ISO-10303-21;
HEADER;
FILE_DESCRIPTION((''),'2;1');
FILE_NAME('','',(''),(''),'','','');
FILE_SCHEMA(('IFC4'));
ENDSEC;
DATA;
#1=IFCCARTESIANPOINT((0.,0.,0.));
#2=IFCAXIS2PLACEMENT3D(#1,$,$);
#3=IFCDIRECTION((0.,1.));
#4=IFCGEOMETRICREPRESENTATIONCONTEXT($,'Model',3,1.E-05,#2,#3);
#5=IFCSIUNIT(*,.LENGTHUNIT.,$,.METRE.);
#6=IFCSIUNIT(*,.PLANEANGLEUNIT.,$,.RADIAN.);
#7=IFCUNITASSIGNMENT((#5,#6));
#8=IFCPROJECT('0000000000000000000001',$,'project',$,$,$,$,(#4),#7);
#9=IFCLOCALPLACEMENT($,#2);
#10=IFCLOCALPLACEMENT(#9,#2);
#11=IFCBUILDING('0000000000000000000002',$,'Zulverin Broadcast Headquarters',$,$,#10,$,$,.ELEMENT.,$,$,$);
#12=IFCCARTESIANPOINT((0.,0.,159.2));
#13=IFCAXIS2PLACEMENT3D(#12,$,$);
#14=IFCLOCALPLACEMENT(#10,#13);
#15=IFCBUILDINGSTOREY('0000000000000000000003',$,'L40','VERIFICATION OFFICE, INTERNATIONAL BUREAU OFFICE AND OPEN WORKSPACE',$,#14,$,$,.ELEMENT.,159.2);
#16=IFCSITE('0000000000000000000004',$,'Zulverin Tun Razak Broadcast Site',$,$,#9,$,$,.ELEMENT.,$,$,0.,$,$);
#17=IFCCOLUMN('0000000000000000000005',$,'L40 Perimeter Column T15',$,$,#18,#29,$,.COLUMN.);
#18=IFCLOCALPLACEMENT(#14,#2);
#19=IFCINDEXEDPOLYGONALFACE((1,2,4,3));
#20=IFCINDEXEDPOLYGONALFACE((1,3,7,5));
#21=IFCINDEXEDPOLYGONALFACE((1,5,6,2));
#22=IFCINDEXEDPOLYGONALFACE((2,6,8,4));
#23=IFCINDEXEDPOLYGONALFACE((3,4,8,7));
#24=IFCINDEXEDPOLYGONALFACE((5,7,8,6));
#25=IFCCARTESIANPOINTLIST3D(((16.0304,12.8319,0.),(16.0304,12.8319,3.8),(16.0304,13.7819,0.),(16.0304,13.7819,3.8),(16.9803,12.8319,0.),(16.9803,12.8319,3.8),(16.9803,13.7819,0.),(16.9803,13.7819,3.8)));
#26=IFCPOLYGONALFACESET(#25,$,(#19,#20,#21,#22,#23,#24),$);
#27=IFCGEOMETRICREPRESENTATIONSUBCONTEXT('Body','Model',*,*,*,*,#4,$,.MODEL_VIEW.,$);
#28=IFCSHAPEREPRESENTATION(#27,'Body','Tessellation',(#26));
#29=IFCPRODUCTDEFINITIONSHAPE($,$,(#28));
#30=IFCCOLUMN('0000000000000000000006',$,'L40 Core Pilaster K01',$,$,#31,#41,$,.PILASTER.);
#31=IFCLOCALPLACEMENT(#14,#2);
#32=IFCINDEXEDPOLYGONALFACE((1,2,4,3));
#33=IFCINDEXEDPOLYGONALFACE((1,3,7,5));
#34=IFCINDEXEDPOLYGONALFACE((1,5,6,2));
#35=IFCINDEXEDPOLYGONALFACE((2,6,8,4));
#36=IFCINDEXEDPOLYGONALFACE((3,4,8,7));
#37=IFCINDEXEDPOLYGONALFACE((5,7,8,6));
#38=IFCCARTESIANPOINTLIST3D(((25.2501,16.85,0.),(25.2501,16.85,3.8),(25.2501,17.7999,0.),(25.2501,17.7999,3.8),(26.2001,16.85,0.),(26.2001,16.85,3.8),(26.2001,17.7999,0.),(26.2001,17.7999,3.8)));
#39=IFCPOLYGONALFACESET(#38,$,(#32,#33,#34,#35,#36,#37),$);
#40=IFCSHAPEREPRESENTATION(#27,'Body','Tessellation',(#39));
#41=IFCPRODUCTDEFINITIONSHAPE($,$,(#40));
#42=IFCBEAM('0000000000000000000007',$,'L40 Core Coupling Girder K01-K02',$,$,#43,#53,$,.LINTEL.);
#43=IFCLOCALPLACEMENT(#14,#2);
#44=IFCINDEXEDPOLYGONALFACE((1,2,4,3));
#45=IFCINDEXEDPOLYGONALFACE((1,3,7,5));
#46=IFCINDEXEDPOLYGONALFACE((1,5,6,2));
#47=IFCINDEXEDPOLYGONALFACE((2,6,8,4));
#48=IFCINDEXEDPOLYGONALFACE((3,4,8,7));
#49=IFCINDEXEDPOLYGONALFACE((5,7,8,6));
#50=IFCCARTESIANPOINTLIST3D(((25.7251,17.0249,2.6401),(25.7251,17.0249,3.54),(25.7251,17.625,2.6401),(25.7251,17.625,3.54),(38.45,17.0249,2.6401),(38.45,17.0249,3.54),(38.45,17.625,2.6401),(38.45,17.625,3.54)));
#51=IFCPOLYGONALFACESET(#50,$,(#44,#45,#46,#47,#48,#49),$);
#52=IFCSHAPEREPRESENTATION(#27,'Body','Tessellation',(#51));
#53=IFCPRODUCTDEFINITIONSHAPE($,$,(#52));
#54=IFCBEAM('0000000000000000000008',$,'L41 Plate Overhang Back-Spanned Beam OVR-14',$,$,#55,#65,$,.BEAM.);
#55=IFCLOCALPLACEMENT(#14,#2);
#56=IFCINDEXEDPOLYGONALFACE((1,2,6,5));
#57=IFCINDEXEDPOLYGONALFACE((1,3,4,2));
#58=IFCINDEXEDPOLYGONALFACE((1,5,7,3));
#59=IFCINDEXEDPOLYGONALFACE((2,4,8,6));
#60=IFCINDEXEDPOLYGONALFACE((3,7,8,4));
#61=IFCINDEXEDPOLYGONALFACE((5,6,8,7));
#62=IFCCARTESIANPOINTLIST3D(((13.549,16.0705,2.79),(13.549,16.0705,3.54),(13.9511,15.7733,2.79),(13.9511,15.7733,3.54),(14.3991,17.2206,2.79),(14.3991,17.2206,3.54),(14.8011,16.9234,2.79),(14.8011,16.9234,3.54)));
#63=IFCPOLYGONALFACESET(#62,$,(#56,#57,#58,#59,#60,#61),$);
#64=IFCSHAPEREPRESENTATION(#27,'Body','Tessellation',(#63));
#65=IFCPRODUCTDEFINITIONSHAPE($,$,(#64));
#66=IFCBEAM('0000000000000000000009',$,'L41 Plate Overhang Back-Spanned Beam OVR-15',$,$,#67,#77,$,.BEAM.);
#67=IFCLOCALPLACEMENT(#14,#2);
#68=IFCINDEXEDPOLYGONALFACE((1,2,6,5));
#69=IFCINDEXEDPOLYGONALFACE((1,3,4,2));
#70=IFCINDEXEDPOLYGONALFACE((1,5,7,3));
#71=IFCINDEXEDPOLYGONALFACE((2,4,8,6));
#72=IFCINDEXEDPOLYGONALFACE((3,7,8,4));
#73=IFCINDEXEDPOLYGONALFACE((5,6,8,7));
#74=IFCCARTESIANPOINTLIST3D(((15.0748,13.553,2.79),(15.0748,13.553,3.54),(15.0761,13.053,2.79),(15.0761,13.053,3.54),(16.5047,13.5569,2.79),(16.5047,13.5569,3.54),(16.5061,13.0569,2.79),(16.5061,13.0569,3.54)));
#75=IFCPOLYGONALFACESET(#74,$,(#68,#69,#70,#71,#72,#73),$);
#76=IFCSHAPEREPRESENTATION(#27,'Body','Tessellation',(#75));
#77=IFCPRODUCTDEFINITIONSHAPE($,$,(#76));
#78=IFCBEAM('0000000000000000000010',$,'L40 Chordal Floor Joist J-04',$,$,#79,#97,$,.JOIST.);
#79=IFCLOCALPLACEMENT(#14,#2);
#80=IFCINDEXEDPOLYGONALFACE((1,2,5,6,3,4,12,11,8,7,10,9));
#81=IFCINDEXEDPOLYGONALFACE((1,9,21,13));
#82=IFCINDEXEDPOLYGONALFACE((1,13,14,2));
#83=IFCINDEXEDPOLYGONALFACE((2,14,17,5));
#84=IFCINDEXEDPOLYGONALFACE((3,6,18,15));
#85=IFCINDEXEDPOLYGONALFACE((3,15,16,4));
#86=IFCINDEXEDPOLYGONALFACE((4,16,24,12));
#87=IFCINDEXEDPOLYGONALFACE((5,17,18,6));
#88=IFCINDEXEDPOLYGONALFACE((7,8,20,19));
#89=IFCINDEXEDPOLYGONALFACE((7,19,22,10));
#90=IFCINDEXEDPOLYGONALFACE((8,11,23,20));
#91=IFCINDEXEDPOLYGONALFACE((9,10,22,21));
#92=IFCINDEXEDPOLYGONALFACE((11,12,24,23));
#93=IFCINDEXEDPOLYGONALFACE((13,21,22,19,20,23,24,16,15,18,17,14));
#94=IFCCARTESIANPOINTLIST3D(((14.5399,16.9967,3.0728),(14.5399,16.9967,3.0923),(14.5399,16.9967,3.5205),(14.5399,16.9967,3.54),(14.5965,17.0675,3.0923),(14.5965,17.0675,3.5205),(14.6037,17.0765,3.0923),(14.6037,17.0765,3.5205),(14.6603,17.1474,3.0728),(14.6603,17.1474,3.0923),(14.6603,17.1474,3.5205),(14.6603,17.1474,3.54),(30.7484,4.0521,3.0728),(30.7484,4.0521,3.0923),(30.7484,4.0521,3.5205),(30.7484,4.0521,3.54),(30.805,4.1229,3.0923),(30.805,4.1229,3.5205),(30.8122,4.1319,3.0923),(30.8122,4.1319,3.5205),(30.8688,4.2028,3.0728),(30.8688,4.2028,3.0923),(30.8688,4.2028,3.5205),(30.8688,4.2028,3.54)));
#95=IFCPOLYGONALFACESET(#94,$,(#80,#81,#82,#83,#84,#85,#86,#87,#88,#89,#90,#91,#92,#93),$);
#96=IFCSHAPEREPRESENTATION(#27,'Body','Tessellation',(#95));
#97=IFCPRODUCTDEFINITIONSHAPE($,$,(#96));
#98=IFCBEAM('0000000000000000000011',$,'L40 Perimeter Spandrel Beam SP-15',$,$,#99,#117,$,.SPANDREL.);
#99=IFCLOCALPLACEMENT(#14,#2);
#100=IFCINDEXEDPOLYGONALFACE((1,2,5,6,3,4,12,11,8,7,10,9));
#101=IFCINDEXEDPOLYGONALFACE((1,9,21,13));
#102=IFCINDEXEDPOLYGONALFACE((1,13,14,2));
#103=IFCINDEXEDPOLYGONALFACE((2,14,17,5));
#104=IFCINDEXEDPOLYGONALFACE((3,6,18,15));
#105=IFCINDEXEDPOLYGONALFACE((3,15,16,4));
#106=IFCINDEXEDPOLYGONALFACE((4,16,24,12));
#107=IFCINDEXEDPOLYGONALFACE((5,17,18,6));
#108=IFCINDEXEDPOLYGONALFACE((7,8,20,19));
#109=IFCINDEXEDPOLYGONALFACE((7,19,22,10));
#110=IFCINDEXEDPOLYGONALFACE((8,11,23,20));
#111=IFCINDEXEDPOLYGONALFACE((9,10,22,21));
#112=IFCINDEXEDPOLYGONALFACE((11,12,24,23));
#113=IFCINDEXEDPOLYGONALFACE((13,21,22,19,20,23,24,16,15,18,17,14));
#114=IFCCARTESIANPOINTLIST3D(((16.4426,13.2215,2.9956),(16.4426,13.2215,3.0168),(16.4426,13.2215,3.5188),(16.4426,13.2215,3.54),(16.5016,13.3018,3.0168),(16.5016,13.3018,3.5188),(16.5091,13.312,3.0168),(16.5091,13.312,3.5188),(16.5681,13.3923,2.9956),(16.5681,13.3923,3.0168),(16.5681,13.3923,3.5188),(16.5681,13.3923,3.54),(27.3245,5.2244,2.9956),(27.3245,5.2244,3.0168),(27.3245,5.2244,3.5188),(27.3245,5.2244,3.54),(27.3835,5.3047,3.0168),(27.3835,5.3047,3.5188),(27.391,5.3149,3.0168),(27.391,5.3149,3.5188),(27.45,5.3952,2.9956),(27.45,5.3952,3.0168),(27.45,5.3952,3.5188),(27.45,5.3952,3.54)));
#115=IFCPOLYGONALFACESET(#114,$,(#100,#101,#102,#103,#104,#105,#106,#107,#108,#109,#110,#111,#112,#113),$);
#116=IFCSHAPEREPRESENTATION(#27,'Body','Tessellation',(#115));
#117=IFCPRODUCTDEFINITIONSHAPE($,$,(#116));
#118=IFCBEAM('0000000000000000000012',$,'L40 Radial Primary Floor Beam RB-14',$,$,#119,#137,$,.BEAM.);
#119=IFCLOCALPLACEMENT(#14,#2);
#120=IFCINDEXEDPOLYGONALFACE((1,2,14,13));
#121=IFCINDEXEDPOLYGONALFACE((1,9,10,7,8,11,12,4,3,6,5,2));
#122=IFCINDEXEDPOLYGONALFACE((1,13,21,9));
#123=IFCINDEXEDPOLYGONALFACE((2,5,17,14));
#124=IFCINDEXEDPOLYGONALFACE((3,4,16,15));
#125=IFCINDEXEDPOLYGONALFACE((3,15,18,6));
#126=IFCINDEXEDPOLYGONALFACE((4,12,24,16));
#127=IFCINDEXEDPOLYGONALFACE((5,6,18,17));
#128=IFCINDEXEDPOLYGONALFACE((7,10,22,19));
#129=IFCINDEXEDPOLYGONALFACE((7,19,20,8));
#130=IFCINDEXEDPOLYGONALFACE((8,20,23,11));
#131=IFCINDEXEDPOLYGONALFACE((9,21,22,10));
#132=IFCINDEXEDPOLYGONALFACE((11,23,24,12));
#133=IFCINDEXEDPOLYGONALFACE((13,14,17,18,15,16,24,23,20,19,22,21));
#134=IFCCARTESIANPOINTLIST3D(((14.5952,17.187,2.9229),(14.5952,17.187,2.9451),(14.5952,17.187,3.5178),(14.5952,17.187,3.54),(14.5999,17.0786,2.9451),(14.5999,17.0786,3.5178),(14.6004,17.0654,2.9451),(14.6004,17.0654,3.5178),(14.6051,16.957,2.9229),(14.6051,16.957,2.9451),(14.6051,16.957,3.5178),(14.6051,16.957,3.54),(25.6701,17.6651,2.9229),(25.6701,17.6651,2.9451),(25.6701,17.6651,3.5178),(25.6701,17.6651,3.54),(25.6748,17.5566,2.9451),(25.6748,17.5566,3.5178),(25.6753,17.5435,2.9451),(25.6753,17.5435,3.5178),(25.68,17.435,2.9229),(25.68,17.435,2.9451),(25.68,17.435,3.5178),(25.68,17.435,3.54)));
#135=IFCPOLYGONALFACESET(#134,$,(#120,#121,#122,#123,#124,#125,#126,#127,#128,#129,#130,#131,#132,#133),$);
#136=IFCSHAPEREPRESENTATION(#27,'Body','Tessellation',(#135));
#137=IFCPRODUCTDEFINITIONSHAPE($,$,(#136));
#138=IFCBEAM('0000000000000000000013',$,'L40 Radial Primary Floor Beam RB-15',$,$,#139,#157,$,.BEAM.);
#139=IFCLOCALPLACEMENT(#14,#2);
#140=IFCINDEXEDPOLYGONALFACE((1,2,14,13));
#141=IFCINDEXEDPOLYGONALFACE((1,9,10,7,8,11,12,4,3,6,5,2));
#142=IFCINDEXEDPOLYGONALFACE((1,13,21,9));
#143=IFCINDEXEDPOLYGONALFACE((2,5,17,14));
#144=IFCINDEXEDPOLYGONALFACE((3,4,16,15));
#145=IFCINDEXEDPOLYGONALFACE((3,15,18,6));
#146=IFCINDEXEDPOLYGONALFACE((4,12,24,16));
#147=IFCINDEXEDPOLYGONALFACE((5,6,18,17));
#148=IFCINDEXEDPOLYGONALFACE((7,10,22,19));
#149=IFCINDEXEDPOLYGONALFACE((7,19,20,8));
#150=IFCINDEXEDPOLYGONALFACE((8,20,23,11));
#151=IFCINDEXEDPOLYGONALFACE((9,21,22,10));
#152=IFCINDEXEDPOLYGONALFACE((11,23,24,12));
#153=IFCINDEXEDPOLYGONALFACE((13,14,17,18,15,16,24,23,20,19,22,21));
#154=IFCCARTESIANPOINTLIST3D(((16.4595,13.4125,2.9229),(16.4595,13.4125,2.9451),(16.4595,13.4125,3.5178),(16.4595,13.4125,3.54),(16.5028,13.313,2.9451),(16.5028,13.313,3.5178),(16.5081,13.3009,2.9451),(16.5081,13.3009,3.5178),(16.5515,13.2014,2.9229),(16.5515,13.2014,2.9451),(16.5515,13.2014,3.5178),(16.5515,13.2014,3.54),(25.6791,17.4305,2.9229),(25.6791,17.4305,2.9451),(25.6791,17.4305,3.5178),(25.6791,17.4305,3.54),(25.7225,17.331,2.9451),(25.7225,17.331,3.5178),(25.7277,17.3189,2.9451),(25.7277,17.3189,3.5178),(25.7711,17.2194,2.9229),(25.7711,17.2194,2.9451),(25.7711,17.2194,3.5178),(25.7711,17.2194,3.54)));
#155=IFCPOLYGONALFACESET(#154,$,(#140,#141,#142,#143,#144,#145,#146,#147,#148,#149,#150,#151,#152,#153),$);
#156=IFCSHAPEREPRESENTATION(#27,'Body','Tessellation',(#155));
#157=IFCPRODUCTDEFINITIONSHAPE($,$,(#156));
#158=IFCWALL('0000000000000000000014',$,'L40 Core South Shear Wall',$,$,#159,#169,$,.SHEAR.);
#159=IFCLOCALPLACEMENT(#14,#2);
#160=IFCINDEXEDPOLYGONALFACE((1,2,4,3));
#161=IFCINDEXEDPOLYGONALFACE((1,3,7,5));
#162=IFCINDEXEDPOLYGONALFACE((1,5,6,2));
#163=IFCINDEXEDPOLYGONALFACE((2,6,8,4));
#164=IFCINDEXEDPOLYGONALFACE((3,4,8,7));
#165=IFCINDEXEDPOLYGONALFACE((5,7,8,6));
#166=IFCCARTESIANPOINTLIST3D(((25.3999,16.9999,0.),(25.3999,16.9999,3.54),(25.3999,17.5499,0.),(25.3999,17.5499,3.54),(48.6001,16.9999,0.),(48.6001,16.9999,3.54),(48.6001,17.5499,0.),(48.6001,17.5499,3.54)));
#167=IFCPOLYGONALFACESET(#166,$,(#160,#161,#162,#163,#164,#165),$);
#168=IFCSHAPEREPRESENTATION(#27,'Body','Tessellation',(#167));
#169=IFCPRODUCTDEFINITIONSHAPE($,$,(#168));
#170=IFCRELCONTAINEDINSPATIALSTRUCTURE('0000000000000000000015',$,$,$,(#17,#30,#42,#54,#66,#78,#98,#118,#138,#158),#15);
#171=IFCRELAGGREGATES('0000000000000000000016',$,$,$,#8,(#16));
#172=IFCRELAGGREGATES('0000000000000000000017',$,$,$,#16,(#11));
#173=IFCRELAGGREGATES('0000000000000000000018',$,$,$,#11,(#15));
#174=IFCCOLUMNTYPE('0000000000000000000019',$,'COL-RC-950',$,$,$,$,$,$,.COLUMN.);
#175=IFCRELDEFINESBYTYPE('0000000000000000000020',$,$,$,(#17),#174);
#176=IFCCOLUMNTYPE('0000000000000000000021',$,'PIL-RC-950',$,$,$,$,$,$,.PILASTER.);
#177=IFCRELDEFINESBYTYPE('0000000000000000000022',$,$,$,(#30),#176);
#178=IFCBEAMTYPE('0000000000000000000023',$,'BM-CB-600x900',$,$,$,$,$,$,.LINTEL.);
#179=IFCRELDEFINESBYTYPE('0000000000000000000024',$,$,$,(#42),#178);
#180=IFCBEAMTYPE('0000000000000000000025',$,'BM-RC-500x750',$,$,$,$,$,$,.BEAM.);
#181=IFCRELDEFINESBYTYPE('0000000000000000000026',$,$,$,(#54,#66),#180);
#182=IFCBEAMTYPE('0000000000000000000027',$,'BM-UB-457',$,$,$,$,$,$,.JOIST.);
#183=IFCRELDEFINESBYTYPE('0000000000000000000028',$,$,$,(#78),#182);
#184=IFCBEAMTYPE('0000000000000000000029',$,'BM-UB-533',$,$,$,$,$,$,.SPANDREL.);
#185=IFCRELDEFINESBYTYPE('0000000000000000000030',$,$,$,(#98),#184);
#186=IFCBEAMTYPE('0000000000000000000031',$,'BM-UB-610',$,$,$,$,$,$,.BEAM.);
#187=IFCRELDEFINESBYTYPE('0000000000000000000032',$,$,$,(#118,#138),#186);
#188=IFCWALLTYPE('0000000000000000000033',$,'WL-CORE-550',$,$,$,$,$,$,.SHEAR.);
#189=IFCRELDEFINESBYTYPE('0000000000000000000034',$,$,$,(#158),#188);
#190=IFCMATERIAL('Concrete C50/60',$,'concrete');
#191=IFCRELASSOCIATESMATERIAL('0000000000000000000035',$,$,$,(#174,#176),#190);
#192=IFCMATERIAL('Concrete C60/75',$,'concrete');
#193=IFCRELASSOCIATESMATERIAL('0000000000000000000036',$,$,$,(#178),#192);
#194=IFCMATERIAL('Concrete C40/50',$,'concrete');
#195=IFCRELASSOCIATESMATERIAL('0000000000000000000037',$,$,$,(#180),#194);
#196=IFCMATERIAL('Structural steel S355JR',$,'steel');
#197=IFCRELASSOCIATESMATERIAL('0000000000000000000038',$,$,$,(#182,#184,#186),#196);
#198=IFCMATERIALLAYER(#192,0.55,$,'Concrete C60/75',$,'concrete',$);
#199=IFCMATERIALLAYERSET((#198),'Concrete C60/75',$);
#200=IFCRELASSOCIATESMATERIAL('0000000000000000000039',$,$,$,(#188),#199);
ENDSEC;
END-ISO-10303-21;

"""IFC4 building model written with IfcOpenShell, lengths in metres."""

from ifc_helpers import new_model, si_unit, direction, frame, frame_2d, origin, origin_2d, place, context, subcontext, project, spatial, rectangle, i_section, extrude, material, layer, layer_set, material_profile, profile_set, type_object, element, save


model = new_model("IFC4")

# Units and contexts
model_context = context("Model", 3, precision=1e-05, world=origin(), true_north=direction((0.0, 1.0)))
body_context = subcontext(model_context, "Body", "Model", "MODEL_VIEW")
ifc_project = project(units=[si_unit("LENGTHUNIT", "METRE"), si_unit("PLANEANGLEUNIT", "RADIAN")], contexts=[model_context])

# Site, building, storey
site_placement = place(None, origin())
site = spatial("IfcSite", under=ifc_project, at=site_placement, Name="Zulverin Tun Razak Broadcast Site", CompositionType="ELEMENT", RefElevation=0.0)
building_placement = place(site_placement, origin())
building = spatial("IfcBuilding", under=site, at=building_placement, Name="Zulverin Broadcast Headquarters", CompositionType="ELEMENT")
storey_placement = place(building_placement, frame((0.0, 0.0, 159.2)))
storey = spatial("IfcBuildingStorey", under=building, at=storey_placement, Name="L40", Description="VERIFICATION OFFICE, INTERNATIONAL BUREAU OFFICE AND OPEN WORKSPACE", CompositionType="ELEMENT", Elevation=159.2)

# Columns
ifc_material_1 = material(Name="Concrete C50/60", Category="concrete")
ifc_material_profile_1 = material_profile(ifc_material_1, rectangle(XDim=0.95, YDim=0.95, at=origin_2d()), Name="Concrete C50/60", Category="concrete")
ifc_profile_set_1 = profile_set([ifc_material_profile_1], Name="Concrete C50/60")
column_type_1 = type_object("IfcColumnType", Name="COL-RC-950", PredefinedType="COLUMN", material=ifc_profile_set_1)
column_1_placement = place(storey_placement, frame((16.5054, 13.3069, 0.0), z_axis=(0.0, 0.0, 1.0), x_axis=(1.0, 0.0, 0.0)))
element("IfcColumn", 1, at=column_1_placement, inside=storey, type_object=column_type_1, Name="L40 Perimeter Column T15", PredefinedType="COLUMN", context=body_context, shape_type="SweptSolid", body=[
    extrude(rectangle(XDim=0.95, YDim=0.95, at=origin_2d()), origin(), (0.0, 0.0, 1.0), 3.8),
])
ifc_material_profile_2 = material_profile(ifc_material_1, rectangle(XDim=0.95, YDim=0.95, at=origin_2d()), Name="Concrete C50/60", Category="concrete")
ifc_profile_set_2 = profile_set([ifc_material_profile_2], Name="Concrete C50/60")
column_type_2 = type_object("IfcColumnType", Name="PIL-RC-950", PredefinedType="PILASTER", material=ifc_profile_set_2)
column_2_placement = place(storey_placement, frame((25.7251, 17.325, 0.0), z_axis=(0.0, 0.0, 1.0), x_axis=(1.0, 0.0, 0.0)))
element("IfcColumn", 2, at=column_2_placement, inside=storey, type_object=column_type_2, Name="L40 Core Pilaster K01", PredefinedType="PILASTER", context=body_context, shape_type="SweptSolid", body=[
    extrude(rectangle(XDim=0.95, YDim=0.95, at=origin_2d()), origin(), (0.0, 0.0, 1.0), 3.8),
])

# Beams
ifc_material_2 = material(Name="Concrete C60/75", Category="concrete")
ifc_material_profile_3 = material_profile(ifc_material_2, rectangle(XDim=0.6001, YDim=0.8999, at=origin_2d()), Name="Concrete C60/75", Category="concrete")
ifc_profile_set_3 = profile_set([ifc_material_profile_3], Name="Concrete C60/75")
beam_type_1 = type_object("IfcBeamType", Name="BM-CB-600x900", PredefinedType="LINTEL", material=ifc_profile_set_3)
beam_1_placement = place(storey_placement, frame((25.7251, 17.325, 3.0901), z_axis=(1.0, 0.0, 0.0), x_axis=(0.0, 1.0, 0.0)))
element("IfcBeam", 3, at=beam_1_placement, inside=storey, type_object=beam_type_1, Name="L40 Core Coupling Girder K01-K02", PredefinedType="LINTEL", context=body_context, shape_type="SweptSolid", body=[
    extrude(rectangle(XDim=0.6001, YDim=0.8999, at=origin_2d()), origin(), (0.0, 0.0, 1.0), 12.7249),
])
ifc_material_3 = material(Name="Concrete C40/50", Category="concrete")
ifc_material_profile_4 = material_profile(ifc_material_3, rectangle(XDim=0.5, YDim=0.75, at=origin_2d()), Name="Concrete C40/50", Category="concrete")
ifc_profile_set_4 = profile_set([ifc_material_profile_4], Name="Concrete C40/50")
beam_type_2 = type_object("IfcBeamType", Name="BM-RC-500x750", PredefinedType="BEAM", material=ifc_profile_set_4)
beam_2_placement = place(storey_placement, frame((14.6001, 17.072, 3.165), z_axis=(-0.594386, -0.80418, 0.0), x_axis=(0.80418, -0.594386, 0.0)))
element("IfcBeam", 4, at=beam_2_placement, inside=storey, type_object=beam_type_2, Name="L41 Plate Overhang Back-Spanned Beam OVR-14", PredefinedType="BEAM", context=body_context, shape_type="SweptSolid", body=[
    extrude(rectangle(XDim=0.5, YDim=0.75, at=origin_2d()), origin(), (0.0, 0.0, 1.0), 1.4302),
])
beam_3_placement = place(storey_placement, frame((16.5054, 13.3069, 3.165), z_axis=(-0.999996, -0.002732, 0.0), x_axis=(0.002732, -0.999996, 0.0)))
element("IfcBeam", 5, at=beam_3_placement, inside=storey, type_object=beam_type_2, Name="L41 Plate Overhang Back-Spanned Beam OVR-15", PredefinedType="BEAM", context=body_context, shape_type="SweptSolid", body=[
    extrude(rectangle(XDim=0.5, YDim=0.75, at=origin_2d()), origin(), (0.0, 0.0, 1.0), 1.4299),
])
ifc_material_4 = material(Name="Structural steel S355JR", Category="steel")
ifc_material_profile_5 = material_profile(ifc_material_4, i_section(OverallWidth=0.1929, OverallDepth=0.4673, WebThickness=0.0115, FlangeThickness=0.0195, at=origin_2d()), Name="Structural steel S355JR", Category="steel")
ifc_profile_set_5 = profile_set([ifc_material_profile_5], Name="Structural steel S355JR")
beam_type_3 = type_object("IfcBeamType", Name="BM-UB-457", PredefinedType="JOIST", material=ifc_profile_set_5)
beam_4_placement = place(storey_placement, frame((14.6001, 17.072, 3.3064), z_axis=(0.781391, -0.624042, 0.0), x_axis=(0.624042, 0.781391, 0.0)))
element("IfcBeam", 6, at=beam_4_placement, inside=storey, type_object=beam_type_3, Name="L40 Chordal Floor Joist J-04", PredefinedType="JOIST", context=body_context, shape_type="SweptSolid", body=[
    extrude(i_section(OverallWidth=0.1929, OverallDepth=0.4673, WebThickness=0.0115, FlangeThickness=0.0195, at=origin_2d()), origin(), (0.0, 0.0, 1.0), 20.7432),
])
ifc_material_profile_6 = material_profile(ifc_material_4, i_section(OverallWidth=0.2119, OverallDepth=0.5444, WebThickness=0.0127, FlangeThickness=0.0212, at=origin_2d()), Name="Structural steel S355JR", Category="steel")
ifc_profile_set_6 = profile_set([ifc_material_profile_6], Name="Structural steel S355JR")
beam_type_4 = type_object("IfcBeamType", Name="BM-UB-533", PredefinedType="SPANDREL", material=ifc_profile_set_6)
beam_5_placement = place(storey_placement, frame((16.5054, 13.3069, 3.2678), z_axis=(0.805802, -0.592185, 0.0), x_axis=(0.592185, 0.805802, 0.0)))
element("IfcBeam", 7, at=beam_5_placement, inside=storey, type_object=beam_type_4, Name="L40 Perimeter Spandrel Beam SP-15", PredefinedType="SPANDREL", context=body_context, shape_type="SweptSolid", body=[
    extrude(i_section(OverallWidth=0.2119, OverallDepth=0.5444, WebThickness=0.0127, FlangeThickness=0.0212, at=origin_2d()), origin(), (0.0, 0.0, 1.0), 13.5044),
])
ifc_material_profile_7 = material_profile(ifc_material_4, i_section(OverallWidth=0.2302, OverallDepth=0.6172, WebThickness=0.0132, FlangeThickness=0.0222, at=origin_2d()), Name="Structural steel S355JR", Category="steel")
ifc_profile_set_7 = profile_set([ifc_material_profile_7], Name="Structural steel S355JR")
beam_type_5 = type_object("IfcBeamType", Name="BM-UB-610", PredefinedType="BEAM", material=ifc_profile_set_7)
beam_6_placement = place(storey_placement, frame((25.675, 17.55, 3.2314), z_axis=(-0.99907, -0.043123, 0.0), x_axis=(0.043123, -0.99907, 0.0)))
element("IfcBeam", 8, at=beam_6_placement, inside=storey, type_object=beam_type_5, Name="L40 Radial Primary Floor Beam RB-14", PredefinedType="BEAM", context=body_context, shape_type="SweptSolid", body=[
    extrude(i_section(OverallWidth=0.2302, OverallDepth=0.6172, WebThickness=0.0132, FlangeThickness=0.0222, at=origin_2d()), origin(), (0.0, 0.0, 1.0), 11.0852),
])
beam_7_placement = place(storey_placement, frame((25.7251, 17.325, 3.2314), z_axis=(-0.916725, -0.39952, 0.0), x_axis=(0.39952, -0.916725, 0.0)))
element("IfcBeam", 9, at=beam_7_placement, inside=storey, type_object=beam_type_5, Name="L40 Radial Primary Floor Beam RB-15", PredefinedType="BEAM", context=body_context, shape_type="SweptSolid", body=[
    extrude(i_section(OverallWidth=0.2302, OverallDepth=0.6172, WebThickness=0.0132, FlangeThickness=0.0222, at=origin_2d()), origin(), (0.0, 0.0, 1.0), 10.0571),
])

# Wall
ifc_layer_1 = layer(ifc_material_2, 0.55, Name="Concrete C60/75", Category="concrete")
ifc_layer_set_1 = layer_set([ifc_layer_1], Name="Concrete C60/75")
wall_type_1 = type_object("IfcWallType", Name="WL-CORE-550", PredefinedType="SHEAR", material=ifc_layer_set_1)
wall_1_placement = place(storey_placement, frame((25.3999, 17.2749, 0.0), z_axis=(0.0, 0.0, 1.0), x_axis=(1.0, 0.0, 0.0)))
element("IfcWall", 10, at=wall_1_placement, inside=storey, type_object=wall_type_1, Name="L40 Core South Shear Wall", PredefinedType="SHEAR", context=body_context, shape_type="SweptSolid", body=[
    extrude(rectangle(XDim=23.2002, YDim=0.55, at=frame_2d((11.6001, 0.0))), origin(), (0.0, 0.0, 1.0), 3.54),
])

save(model, "model.ifc")
